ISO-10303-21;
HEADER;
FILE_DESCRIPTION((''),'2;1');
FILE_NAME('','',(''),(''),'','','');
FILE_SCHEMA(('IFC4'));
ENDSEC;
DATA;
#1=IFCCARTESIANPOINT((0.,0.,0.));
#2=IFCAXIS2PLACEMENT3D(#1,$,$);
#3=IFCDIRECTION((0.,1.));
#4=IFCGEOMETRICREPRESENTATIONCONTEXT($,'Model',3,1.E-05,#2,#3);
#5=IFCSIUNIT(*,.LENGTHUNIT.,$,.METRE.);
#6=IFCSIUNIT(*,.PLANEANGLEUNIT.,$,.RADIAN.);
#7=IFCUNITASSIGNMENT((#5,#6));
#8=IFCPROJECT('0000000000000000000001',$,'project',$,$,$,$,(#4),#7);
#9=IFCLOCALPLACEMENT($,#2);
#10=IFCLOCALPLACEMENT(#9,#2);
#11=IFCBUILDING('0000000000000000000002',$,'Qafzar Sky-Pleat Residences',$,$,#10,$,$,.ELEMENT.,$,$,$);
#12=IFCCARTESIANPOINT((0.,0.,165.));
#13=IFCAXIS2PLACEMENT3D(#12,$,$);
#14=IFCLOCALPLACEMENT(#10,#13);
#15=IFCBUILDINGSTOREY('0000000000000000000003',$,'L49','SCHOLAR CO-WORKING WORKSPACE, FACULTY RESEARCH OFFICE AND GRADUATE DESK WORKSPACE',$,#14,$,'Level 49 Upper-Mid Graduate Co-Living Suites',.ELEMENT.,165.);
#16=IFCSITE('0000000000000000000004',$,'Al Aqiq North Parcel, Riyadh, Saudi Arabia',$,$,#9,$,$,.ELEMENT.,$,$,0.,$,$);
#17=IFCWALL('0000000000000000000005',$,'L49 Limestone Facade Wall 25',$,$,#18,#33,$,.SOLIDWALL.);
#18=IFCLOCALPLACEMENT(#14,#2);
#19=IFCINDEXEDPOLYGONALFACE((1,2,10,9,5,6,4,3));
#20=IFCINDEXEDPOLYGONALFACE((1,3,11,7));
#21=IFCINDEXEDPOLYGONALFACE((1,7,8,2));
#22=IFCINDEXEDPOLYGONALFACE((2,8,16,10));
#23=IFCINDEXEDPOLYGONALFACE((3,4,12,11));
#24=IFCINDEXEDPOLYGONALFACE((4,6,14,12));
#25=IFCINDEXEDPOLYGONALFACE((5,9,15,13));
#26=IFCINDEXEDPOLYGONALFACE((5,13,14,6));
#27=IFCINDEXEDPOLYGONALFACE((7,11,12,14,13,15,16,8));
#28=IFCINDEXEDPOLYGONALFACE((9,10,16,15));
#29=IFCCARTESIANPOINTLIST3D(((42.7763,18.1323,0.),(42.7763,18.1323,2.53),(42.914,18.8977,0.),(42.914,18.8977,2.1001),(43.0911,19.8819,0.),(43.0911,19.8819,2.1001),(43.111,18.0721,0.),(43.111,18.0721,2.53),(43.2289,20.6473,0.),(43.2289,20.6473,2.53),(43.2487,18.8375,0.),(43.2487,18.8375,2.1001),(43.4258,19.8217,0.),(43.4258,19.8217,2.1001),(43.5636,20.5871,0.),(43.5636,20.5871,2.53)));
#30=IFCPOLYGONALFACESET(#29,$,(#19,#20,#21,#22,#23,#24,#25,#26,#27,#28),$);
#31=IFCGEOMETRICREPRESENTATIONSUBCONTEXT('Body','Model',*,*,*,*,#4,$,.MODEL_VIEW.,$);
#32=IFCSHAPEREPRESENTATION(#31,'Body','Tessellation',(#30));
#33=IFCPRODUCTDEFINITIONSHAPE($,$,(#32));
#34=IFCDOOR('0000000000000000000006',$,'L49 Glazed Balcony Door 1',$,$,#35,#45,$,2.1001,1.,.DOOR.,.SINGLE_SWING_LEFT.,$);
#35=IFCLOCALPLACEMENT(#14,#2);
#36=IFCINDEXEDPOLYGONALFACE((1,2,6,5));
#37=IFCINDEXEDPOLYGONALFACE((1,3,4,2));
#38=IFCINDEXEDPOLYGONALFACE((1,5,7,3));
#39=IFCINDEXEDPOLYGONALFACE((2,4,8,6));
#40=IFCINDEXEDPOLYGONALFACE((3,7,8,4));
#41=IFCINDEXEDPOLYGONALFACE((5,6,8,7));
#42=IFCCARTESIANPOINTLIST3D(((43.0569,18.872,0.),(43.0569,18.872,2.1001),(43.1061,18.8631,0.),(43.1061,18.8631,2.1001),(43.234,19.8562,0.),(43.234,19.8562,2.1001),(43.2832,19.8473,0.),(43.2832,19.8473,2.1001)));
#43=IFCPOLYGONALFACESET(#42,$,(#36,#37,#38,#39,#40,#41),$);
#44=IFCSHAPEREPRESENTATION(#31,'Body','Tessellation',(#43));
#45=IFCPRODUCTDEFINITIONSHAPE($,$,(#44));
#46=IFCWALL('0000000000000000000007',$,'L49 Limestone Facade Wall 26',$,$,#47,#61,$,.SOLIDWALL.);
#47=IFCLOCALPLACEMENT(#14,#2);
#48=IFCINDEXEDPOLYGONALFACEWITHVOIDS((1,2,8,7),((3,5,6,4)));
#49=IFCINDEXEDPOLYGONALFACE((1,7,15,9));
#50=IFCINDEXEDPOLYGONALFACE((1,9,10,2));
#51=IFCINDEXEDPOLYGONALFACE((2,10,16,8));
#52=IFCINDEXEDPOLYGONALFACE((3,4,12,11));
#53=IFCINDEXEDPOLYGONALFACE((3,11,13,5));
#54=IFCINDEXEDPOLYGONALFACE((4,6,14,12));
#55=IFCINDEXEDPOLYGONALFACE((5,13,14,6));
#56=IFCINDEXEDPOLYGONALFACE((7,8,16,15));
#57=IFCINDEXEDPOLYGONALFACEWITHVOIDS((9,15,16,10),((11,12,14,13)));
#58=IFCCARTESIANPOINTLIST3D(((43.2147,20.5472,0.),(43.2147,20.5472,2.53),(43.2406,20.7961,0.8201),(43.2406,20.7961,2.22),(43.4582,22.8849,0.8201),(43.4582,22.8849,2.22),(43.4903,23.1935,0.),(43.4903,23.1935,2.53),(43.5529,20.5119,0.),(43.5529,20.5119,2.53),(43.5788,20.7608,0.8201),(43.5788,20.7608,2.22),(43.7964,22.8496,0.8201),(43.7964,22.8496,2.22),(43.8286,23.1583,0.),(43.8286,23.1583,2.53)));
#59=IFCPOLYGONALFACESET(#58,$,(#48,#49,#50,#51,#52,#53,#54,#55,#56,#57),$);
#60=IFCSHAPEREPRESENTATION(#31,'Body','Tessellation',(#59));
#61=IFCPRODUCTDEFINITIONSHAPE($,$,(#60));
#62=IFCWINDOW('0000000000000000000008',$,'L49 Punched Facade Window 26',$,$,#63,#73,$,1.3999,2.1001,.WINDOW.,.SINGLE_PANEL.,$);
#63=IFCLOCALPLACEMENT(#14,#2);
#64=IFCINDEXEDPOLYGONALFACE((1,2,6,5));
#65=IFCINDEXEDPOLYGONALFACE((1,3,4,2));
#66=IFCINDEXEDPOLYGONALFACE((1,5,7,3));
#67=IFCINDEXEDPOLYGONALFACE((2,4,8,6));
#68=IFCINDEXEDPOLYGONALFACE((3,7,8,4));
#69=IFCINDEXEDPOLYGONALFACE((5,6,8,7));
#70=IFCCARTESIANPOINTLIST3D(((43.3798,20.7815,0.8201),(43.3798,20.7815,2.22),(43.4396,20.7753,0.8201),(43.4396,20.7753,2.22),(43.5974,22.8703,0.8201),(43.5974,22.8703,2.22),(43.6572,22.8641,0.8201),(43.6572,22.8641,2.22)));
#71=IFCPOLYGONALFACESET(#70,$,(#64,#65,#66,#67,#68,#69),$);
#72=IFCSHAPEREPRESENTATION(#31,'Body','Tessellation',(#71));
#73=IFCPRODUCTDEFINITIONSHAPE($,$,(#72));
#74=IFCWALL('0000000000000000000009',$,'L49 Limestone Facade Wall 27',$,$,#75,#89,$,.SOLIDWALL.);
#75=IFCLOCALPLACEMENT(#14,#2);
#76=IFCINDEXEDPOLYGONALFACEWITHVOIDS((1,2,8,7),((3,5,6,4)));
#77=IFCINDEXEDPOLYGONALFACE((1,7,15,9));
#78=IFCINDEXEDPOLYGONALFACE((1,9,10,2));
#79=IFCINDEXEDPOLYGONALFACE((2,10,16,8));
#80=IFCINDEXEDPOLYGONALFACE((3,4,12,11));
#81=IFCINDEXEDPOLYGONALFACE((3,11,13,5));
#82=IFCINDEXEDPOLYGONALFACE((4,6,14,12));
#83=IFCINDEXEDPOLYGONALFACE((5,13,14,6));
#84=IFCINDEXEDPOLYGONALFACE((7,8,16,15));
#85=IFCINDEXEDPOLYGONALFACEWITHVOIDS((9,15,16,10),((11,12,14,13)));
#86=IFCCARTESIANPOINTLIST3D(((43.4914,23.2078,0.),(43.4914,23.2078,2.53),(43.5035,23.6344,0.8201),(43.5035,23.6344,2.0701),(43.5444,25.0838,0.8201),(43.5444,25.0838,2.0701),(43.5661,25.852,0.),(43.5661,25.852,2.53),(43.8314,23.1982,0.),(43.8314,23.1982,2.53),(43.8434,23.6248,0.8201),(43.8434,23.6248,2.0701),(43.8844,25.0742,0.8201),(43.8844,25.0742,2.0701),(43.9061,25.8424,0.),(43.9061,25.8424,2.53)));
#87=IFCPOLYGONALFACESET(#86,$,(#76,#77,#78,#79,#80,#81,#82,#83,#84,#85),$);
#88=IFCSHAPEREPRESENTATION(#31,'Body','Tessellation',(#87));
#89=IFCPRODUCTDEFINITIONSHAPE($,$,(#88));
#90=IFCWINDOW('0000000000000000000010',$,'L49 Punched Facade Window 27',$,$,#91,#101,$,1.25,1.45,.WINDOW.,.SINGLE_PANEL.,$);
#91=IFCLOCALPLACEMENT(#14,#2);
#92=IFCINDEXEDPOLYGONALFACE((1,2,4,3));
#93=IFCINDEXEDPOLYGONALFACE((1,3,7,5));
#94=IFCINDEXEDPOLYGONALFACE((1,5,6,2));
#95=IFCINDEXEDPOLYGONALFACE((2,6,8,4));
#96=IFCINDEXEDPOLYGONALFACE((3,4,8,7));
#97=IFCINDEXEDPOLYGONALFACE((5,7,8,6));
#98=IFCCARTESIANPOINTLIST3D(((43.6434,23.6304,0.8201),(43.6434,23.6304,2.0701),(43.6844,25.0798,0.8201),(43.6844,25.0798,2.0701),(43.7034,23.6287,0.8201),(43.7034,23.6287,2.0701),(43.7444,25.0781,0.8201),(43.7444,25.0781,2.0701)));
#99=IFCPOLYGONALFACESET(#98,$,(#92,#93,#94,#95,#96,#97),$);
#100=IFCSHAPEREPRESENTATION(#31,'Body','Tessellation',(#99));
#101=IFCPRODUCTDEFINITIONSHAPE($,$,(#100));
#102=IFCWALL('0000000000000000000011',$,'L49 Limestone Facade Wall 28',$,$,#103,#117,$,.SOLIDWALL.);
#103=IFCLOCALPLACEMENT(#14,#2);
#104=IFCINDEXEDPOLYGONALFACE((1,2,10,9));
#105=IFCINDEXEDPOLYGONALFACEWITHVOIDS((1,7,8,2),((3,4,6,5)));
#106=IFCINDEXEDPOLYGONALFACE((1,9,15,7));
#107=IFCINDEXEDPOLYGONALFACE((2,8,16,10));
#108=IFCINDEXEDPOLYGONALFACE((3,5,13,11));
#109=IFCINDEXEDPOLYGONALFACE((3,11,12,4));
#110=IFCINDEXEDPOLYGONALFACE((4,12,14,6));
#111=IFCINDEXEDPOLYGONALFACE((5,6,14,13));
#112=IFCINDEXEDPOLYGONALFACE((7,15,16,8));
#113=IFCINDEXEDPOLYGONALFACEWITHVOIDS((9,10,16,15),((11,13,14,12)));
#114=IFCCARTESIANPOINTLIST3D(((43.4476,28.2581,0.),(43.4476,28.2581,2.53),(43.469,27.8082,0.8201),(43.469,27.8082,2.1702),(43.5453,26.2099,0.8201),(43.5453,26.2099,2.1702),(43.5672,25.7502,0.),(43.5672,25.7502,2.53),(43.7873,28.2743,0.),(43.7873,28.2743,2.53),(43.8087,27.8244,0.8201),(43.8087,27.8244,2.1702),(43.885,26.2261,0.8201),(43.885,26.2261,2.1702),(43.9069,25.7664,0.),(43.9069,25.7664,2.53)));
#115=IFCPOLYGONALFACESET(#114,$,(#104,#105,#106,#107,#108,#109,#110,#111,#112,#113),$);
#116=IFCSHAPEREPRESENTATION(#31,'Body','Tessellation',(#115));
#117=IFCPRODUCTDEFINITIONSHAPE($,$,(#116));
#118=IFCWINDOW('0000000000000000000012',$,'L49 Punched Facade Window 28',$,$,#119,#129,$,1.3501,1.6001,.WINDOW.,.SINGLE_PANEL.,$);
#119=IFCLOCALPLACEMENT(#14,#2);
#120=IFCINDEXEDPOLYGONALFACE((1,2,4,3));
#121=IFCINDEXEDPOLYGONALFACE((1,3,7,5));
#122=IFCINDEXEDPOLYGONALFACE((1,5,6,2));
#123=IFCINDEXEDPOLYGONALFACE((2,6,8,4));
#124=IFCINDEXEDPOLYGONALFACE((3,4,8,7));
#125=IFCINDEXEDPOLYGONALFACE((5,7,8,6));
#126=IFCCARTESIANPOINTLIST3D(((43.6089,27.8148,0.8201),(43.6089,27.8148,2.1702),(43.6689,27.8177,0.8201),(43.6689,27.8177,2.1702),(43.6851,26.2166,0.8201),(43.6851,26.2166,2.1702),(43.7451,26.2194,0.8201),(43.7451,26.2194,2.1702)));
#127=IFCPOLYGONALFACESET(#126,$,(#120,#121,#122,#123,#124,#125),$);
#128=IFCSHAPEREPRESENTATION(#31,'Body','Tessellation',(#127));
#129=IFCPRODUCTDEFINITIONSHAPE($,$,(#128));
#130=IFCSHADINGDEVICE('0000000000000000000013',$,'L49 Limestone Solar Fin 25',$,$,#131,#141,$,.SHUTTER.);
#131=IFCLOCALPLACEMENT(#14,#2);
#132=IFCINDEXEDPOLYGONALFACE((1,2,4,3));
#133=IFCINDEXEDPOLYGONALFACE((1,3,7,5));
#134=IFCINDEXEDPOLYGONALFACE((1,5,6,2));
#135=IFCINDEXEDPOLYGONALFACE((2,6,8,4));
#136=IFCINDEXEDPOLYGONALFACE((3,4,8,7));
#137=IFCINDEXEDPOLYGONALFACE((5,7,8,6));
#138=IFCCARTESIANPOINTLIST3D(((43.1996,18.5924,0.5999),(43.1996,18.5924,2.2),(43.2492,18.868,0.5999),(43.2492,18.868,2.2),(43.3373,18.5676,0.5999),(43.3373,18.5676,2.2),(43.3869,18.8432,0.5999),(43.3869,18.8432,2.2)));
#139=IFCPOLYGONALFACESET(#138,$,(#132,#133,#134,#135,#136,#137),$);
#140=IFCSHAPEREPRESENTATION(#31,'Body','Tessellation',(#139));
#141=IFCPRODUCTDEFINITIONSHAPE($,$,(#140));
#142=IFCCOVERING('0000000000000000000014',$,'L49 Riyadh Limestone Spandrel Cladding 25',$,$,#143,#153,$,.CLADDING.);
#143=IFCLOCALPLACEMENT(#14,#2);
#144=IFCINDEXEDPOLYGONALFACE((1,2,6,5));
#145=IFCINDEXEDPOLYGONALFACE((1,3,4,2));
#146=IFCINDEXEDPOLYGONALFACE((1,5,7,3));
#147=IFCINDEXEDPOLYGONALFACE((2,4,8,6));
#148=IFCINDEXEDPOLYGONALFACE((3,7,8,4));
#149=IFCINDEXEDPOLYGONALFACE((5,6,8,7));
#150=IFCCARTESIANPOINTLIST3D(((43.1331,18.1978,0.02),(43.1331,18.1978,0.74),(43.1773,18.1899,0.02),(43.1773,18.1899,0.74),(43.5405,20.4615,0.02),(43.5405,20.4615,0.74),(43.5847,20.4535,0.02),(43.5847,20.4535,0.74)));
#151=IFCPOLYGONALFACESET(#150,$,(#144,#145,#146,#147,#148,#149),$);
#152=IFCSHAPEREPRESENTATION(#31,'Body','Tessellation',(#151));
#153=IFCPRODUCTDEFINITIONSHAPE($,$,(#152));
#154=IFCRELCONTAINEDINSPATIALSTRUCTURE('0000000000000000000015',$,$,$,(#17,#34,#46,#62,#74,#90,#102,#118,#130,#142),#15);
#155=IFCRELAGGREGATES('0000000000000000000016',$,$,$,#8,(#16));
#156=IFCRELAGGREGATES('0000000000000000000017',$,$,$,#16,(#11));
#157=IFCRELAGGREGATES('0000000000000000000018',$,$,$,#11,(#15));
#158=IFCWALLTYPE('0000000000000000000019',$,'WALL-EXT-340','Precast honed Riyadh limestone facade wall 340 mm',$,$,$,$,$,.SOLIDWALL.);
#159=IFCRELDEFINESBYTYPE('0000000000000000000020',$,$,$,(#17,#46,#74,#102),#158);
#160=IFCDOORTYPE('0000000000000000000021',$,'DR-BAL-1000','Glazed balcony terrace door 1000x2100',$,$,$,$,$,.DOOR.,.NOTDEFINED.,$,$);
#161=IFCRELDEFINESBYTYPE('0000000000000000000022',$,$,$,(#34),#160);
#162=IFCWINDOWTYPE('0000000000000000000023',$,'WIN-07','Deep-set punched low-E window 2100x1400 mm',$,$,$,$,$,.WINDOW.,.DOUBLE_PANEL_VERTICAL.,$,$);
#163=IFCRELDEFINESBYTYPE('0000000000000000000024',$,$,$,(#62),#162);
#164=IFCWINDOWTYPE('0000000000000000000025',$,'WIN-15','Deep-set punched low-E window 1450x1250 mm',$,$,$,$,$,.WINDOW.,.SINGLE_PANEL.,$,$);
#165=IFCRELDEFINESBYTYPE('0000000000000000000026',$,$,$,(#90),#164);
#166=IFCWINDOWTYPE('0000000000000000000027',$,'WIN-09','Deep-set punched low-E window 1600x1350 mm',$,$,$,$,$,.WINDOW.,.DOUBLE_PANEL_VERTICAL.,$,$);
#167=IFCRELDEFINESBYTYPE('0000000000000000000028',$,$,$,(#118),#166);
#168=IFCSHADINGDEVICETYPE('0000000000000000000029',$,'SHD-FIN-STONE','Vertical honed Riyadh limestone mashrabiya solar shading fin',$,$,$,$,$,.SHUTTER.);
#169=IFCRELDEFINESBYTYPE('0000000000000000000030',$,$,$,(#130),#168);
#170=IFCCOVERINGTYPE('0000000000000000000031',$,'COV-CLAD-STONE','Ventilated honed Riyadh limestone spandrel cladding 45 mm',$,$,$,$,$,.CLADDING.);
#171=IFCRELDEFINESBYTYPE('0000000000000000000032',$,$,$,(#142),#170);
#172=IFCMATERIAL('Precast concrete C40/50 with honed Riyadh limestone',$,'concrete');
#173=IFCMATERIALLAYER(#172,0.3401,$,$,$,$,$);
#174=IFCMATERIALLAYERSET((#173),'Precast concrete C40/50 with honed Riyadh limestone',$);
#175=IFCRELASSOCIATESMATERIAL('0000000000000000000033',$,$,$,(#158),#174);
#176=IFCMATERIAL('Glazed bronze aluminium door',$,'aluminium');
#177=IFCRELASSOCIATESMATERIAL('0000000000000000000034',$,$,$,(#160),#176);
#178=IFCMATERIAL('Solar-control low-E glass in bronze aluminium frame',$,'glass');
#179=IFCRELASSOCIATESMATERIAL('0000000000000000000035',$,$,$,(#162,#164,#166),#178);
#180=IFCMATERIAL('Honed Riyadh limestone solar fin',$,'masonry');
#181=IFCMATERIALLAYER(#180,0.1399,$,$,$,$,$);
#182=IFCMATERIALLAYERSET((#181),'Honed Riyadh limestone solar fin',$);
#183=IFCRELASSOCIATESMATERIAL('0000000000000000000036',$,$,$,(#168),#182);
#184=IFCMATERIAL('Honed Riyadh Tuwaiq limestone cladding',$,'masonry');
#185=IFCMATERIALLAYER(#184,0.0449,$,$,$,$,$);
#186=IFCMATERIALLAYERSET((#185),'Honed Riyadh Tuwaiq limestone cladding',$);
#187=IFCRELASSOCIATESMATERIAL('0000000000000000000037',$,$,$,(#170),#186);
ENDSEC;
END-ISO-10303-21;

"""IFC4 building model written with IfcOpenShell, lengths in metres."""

from ifc_helpers import new_model, si_unit, direction, frame, frame_2d, origin, origin_2d, place, context, subcontext, project, spatial, rectangle, extrude, source, transform, mapped, material, layer, layer_set, type_object, element, fill, save


model = new_model("IFC4")

# Units and contexts
model_context = context("Model", 3, precision=1e-05, world=origin(), true_north=direction((0.0, 1.0)))
body_context = subcontext(model_context, "Body", "Model", "MODEL_VIEW")
ifc_project = project(units=[si_unit("LENGTHUNIT", "METRE"), si_unit("PLANEANGLEUNIT", "RADIAN")], contexts=[model_context])

# Site, building, storey
site_placement = place(None, origin())
site = spatial("IfcSite", under=ifc_project, at=site_placement, Name="Al Aqiq North Parcel, Riyadh, Saudi Arabia", CompositionType="ELEMENT", RefElevation=0.0)
building_placement = place(site_placement, origin())
building = spatial("IfcBuilding", under=site, at=building_placement, Name="Qafzar Sky-Pleat Residences", CompositionType="ELEMENT")
storey_placement = place(building_placement, frame((0.0, 0.0, 165.0)))
storey = spatial("IfcBuildingStorey", under=building, at=storey_placement, Name="L49", Description="SCHOLAR CO-WORKING WORKSPACE, FACULTY RESEARCH OFFICE AND GRADUATE DESK WORKSPACE", LongName="Level 49 Upper-Mid Graduate Co-Living Suites", CompositionType="ELEMENT", Elevation=165.0)

# Wall, opening, door
ifc_material_1 = material(Name="Precast concrete C40/50 with honed Riyadh limestone", Category="concrete")
ifc_layer_1 = layer(ifc_material_1, 0.3401)
ifc_layer_set_1 = layer_set([ifc_layer_1], Name="Precast concrete C40/50 with honed Riyadh limestone")
wall_type_1 = type_object("IfcWallType", Name="WALL-EXT-340", Description="Precast honed Riyadh limestone facade wall 340 mm", PredefinedType="SOLIDWALL", material=ifc_layer_set_1)
wall_1_placement = place(storey_placement, frame((42.9436, 18.1021, 0.0), z_axis=(0.0, 0.0, 1.0), x_axis=(0.17712, 0.984189, 0.0)))
wall_1 = element("IfcWall", 1, at=wall_1_placement, inside=storey, type_object=wall_type_1, Name="L49 Limestone Facade Wall 25", PredefinedType="SOLIDWALL", context=body_context, shape_type="SweptSolid", body=[
    extrude(rectangle(XDim=2.5554, YDim=0.3401, at=frame_2d((1.2778, 0.0))), origin(), (0.0, 0.0, 1.0), 2.53),
])
opening_1_placement = place(wall_1_placement, frame((0.7778, 0.0, 0.0)))
opening_1 = element("IfcOpeningElement", 2, at=opening_1_placement, cuts=wall_1, PredefinedType="OPENING", context=body_context, shape_type="SweptSolid", body=[
    extrude(rectangle(XDim=1.0, YDim=2.1001, at=frame_2d((0.5, 1.05))), frame((0.0, 0.1802, 0.0), z_axis=(0.0, -1.0, 0.0), x_axis=(1.0, 0.0, 0.0)), (0.0, 0.0, 1.0), 0.3601),
])
ifc_material_2 = material(Name="Glazed bronze aluminium door", Category="aluminium")
door_type_1 = type_object("IfcDoorType", Name="DR-BAL-1000", Description="Glazed balcony terrace door 1000x2100", OperationType="NOTDEFINED", PredefinedType="DOOR", material=ifc_material_2)
shared_shape_1 = source(origin(), body_context, "Body", "SweptSolid", [
    extrude(rectangle(XDim=1.0, YDim=2.1001, at=frame_2d((0.5, 1.05))), frame((0.0, 0.0249, 0.0), z_axis=(0.0, -1.0, 0.0), x_axis=(1.0, 0.0, 0.0)), (0.0, 0.0, 1.0), 0.05),
])
door_1_placement = place(opening_1_placement, origin())
door_1 = element("IfcDoor", 3, at=door_1_placement, inside=storey, type_object=door_type_1, Name="L49 Glazed Balcony Door 1", OperationType="SINGLE_SWING_LEFT", OverallHeight=2.1001, OverallWidth=1.0, PredefinedType="DOOR", context=body_context, shape_type="MappedRepresentation", body=[
    mapped(shared_shape_1, transform((0.0, 0.0, 0.0), x_axis=(1.0, 0.0, 0.0), y_axis=(0.0, 1.0, 0.0), z_axis=(0.0, 0.0, 1.0), scale=1.0)),
])
fill(opening_1, door_1)

# Walls, openings, windows
wall_2_placement = place(storey_placement, frame((43.3838, 20.5295, 0.0), z_axis=(0.0, 0.0, 1.0), x_axis=(0.1036, 0.994619, 0.0)))
wall_2 = element("IfcWall", 4, at=wall_2_placement, inside=storey, type_object=wall_type_1, Name="L49 Limestone Facade Wall 26", PredefinedType="SOLIDWALL", context=body_context, shape_type="SweptSolid", body=[
    extrude(rectangle(XDim=2.6606, YDim=0.3401, at=frame_2d((1.3303, 0.0))), origin(), (0.0, 0.0, 1.0), 2.53),
])
opening_2_placement = place(wall_2_placement, frame((0.2502, 0.0, 0.8201)))
opening_2 = element("IfcOpeningElement", 5, at=opening_2_placement, cuts=wall_2, PredefinedType="OPENING", context=body_context, shape_type="SweptSolid", body=[
    extrude(rectangle(XDim=2.1001, YDim=1.3999, at=frame_2d((1.05, 0.7))), frame((0.0, 0.1802, 0.0), z_axis=(0.0, -1.0, 0.0), x_axis=(1.0, 0.0, 0.0)), (0.0, 0.0, 1.0), 0.3601),
])
ifc_material_3 = material(Name="Solar-control low-E glass in bronze aluminium frame", Category="glass")
window_type_1 = type_object("IfcWindowType", Name="WIN-07", Description="Deep-set punched low-E window 2100x1400 mm", PartitioningType="DOUBLE_PANEL_VERTICAL", PredefinedType="WINDOW", material=ifc_material_3)
shared_shape_2 = source(origin(), body_context, "Body", "SweptSolid", [
    extrude(rectangle(XDim=2.1001, YDim=1.3999, at=frame_2d((1.05, 0.7))), frame((0.0, 0.03, 0.0), z_axis=(0.0, -1.0, 0.0), x_axis=(1.0, 0.0, 0.0)), (0.0, 0.0, 1.0), 0.0601),
])
window_1_placement = place(opening_2_placement, origin())
window_1 = element("IfcWindow", 6, at=window_1_placement, inside=storey, type_object=window_type_1, Name="L49 Punched Facade Window 26", OverallHeight=1.3999, OverallWidth=2.1001, PartitioningType="SINGLE_PANEL", PredefinedType="WINDOW", context=body_context, shape_type="MappedRepresentation", body=[
    mapped(shared_shape_2, transform((0.0, 0.0, 0.0), x_axis=(1.0, 0.0, 0.0), y_axis=(0.0, 1.0, 0.0), z_axis=(0.0, 0.0, 1.0), scale=1.0)),
])
fill(opening_2, window_1)
wall_3_placement = place(storey_placement, frame((43.6614, 23.2029, 0.0), z_axis=(0.0, 0.0, 1.0), x_axis=(0.028241, 0.999601, 0.0)))
wall_3 = element("IfcWall", 7, at=wall_3_placement, inside=storey, type_object=wall_type_1, Name="L49 Limestone Facade Wall 27", PredefinedType="SOLIDWALL", context=body_context, shape_type="SweptSolid", body=[
    extrude(rectangle(XDim=2.6453, YDim=0.3401, at=frame_2d((1.3228, 0.0))), origin(), (0.0, 0.0, 1.0), 2.53),
])
opening_3_placement = place(wall_3_placement, frame((0.4268, 0.0, 0.8201)))
opening_3 = element("IfcOpeningElement", 8, at=opening_3_placement, cuts=wall_3, PredefinedType="OPENING", context=body_context, shape_type="SweptSolid", body=[
    extrude(rectangle(XDim=1.45, YDim=1.25, at=frame_2d((0.7251, 0.625))), frame((0.0, 0.1802, 0.0), z_axis=(0.0, -1.0, 0.0), x_axis=(1.0, 0.0, 0.0)), (0.0, 0.0, 1.0), 0.3601),
])
window_type_2 = type_object("IfcWindowType", Name="WIN-15", Description="Deep-set punched low-E window 1450x1250 mm", PartitioningType="SINGLE_PANEL", PredefinedType="WINDOW", material=ifc_material_3)
shared_shape_3 = source(origin(), body_context, "Body", "SweptSolid", [
    extrude(rectangle(XDim=1.45, YDim=1.25, at=frame_2d((0.7251, 0.625))), frame((0.0, 0.03, 0.0), z_axis=(0.0, -1.0, 0.0), x_axis=(1.0, 0.0, 0.0)), (0.0, 0.0, 1.0), 0.0601),
])
window_2_placement = place(opening_3_placement, origin())
window_2 = element("IfcWindow", 9, at=window_2_placement, inside=storey, type_object=window_type_2, Name="L49 Punched Facade Window 27", OverallHeight=1.25, OverallWidth=1.45, PartitioningType="SINGLE_PANEL", PredefinedType="WINDOW", context=body_context, shape_type="MappedRepresentation", body=[
    mapped(shared_shape_3, transform((0.0, 0.0, 0.0), x_axis=(1.0, 0.0, 0.0), y_axis=(0.0, 1.0, 0.0), z_axis=(0.0, 0.0, 1.0), scale=1.0)),
])
fill(opening_3, window_2)
wall_4_placement = place(storey_placement, frame((43.7371, 25.7583, 0.0), z_axis=(0.0, 0.0, 1.0), x_axis=(-0.047648, 0.998864, 0.0)))
wall_4 = element("IfcWall", 10, at=wall_4_placement, inside=storey, type_object=wall_type_1, Name="L49 Limestone Facade Wall 28", PredefinedType="SOLIDWALL", context=body_context, shape_type="SweptSolid", body=[
    extrude(rectangle(XDim=2.5107, YDim=0.3401, at=frame_2d((1.2554, 0.0))), origin(), (0.0, 0.0, 1.0), 2.53),
])
opening_4_placement = place(wall_4_placement, frame((0.4602, 0.0, 0.8201)))
opening_4 = element("IfcOpeningElement", 11, at=opening_4_placement, cuts=wall_4, PredefinedType="OPENING", context=body_context, shape_type="SweptSolid", body=[
    extrude(rectangle(XDim=1.6001, YDim=1.3501, at=frame_2d((0.8, 0.675))), frame((0.0, 0.1802, 0.0), z_axis=(0.0, -1.0, 0.0), x_axis=(1.0, 0.0, 0.0)), (0.0, 0.0, 1.0), 0.3601),
])
window_type_3 = type_object("IfcWindowType", Name="WIN-09", Description="Deep-set punched low-E window 1600x1350 mm", PartitioningType="DOUBLE_PANEL_VERTICAL", PredefinedType="WINDOW", material=ifc_material_3)
shared_shape_4 = source(origin(), body_context, "Body", "SweptSolid", [
    extrude(rectangle(XDim=1.6001, YDim=1.3501, at=frame_2d((0.8, 0.675))), frame((0.0, 0.03, 0.0), z_axis=(0.0, -1.0, 0.0), x_axis=(1.0, 0.0, 0.0)), (0.0, 0.0, 1.0), 0.0601),
])
window_3_placement = place(opening_4_placement, origin())
window_3 = element("IfcWindow", 12, at=window_3_placement, inside=storey, type_object=window_type_3, Name="L49 Punched Facade Window 28", OverallHeight=1.3501, OverallWidth=1.6001, PartitioningType="SINGLE_PANEL", PredefinedType="WINDOW", context=body_context, shape_type="MappedRepresentation", body=[
    mapped(shared_shape_4, transform((0.0, 0.0, 0.0), x_axis=(1.0, 0.0, 0.0), y_axis=(0.0, 1.0, 0.0), z_axis=(0.0, 0.0, 1.0), scale=1.0)),
])
fill(opening_4, window_3)

# Shading device
ifc_material_4 = material(Name="Honed Riyadh limestone solar fin", Category="masonry")
ifc_layer_2 = layer(ifc_material_4, 0.1399)
ifc_layer_set_2 = layer_set([ifc_layer_2], Name="Honed Riyadh limestone solar fin")
shading_device_type = type_object("IfcShadingDeviceType", Name="SHD-FIN-STONE", Description="Vertical honed Riyadh limestone mashrabiya solar shading fin", PredefinedType="SHUTTER", material=ifc_layer_set_2)
shared_shape_5 = source(origin(), body_context, "Body", "SweptSolid", [
    extrude(rectangle(XDim=0.1399, YDim=0.28, at=origin_2d()), origin(), (0.0, 0.0, 1.0), 1.6001),
])
shading_device_placement = place(storey_placement, frame((43.2932, 18.7178, 0.5999), z_axis=(0.0, 0.0, 1.0), x_axis=(0.984187, -0.177133, 0.0)))
element("IfcShadingDevice", 13, at=shading_device_placement, inside=storey, type_object=shading_device_type, Name="L49 Limestone Solar Fin 25", PredefinedType="SHUTTER", context=body_context, shape_type="MappedRepresentation", body=[
    mapped(shared_shape_5, transform((0.0, 0.0, 0.0), x_axis=(1.0, 0.0, 0.0), y_axis=(0.0, 1.0, 0.0), z_axis=(0.0, 0.0, 1.0), scale=1.0)),
])

# Covering
ifc_material_5 = material(Name="Honed Riyadh Tuwaiq limestone cladding", Category="masonry")
ifc_layer_3 = layer(ifc_material_5, 0.0449)
ifc_layer_set_3 = layer_set([ifc_layer_3], Name="Honed Riyadh Tuwaiq limestone cladding")
covering_type = type_object("IfcCoveringType", Name="COV-CLAD-STONE", Description="Ventilated honed Riyadh limestone spandrel cladding 45 mm", PredefinedType="CLADDING", material=ifc_layer_set_3)
shared_shape_6 = source(origin(), body_context, "Body", "SweptSolid", [
    extrude(rectangle(XDim=2.3, YDim=0.0449, at=origin_2d()), origin(), (0.0, 0.0, 1.0), 0.72),
])
covering_placement = place(storey_placement, frame((43.3589, 19.3257, 0.02), z_axis=(0.0, 0.0, 1.0), x_axis=(0.177146, 0.984185, 0.0)))
element("IfcCovering", 14, at=covering_placement, inside=storey, type_object=covering_type, Name="L49 Riyadh Limestone Spandrel Cladding 25", PredefinedType="CLADDING", context=body_context, shape_type="MappedRepresentation", body=[
    mapped(shared_shape_6, transform((0.0, 0.0, 0.0), x_axis=(1.0, 0.0, 0.0), y_axis=(0.0, 1.0, 0.0), z_axis=(0.0, 0.0, 1.0), scale=1.0)),
])

save(model, "model.ifc")
